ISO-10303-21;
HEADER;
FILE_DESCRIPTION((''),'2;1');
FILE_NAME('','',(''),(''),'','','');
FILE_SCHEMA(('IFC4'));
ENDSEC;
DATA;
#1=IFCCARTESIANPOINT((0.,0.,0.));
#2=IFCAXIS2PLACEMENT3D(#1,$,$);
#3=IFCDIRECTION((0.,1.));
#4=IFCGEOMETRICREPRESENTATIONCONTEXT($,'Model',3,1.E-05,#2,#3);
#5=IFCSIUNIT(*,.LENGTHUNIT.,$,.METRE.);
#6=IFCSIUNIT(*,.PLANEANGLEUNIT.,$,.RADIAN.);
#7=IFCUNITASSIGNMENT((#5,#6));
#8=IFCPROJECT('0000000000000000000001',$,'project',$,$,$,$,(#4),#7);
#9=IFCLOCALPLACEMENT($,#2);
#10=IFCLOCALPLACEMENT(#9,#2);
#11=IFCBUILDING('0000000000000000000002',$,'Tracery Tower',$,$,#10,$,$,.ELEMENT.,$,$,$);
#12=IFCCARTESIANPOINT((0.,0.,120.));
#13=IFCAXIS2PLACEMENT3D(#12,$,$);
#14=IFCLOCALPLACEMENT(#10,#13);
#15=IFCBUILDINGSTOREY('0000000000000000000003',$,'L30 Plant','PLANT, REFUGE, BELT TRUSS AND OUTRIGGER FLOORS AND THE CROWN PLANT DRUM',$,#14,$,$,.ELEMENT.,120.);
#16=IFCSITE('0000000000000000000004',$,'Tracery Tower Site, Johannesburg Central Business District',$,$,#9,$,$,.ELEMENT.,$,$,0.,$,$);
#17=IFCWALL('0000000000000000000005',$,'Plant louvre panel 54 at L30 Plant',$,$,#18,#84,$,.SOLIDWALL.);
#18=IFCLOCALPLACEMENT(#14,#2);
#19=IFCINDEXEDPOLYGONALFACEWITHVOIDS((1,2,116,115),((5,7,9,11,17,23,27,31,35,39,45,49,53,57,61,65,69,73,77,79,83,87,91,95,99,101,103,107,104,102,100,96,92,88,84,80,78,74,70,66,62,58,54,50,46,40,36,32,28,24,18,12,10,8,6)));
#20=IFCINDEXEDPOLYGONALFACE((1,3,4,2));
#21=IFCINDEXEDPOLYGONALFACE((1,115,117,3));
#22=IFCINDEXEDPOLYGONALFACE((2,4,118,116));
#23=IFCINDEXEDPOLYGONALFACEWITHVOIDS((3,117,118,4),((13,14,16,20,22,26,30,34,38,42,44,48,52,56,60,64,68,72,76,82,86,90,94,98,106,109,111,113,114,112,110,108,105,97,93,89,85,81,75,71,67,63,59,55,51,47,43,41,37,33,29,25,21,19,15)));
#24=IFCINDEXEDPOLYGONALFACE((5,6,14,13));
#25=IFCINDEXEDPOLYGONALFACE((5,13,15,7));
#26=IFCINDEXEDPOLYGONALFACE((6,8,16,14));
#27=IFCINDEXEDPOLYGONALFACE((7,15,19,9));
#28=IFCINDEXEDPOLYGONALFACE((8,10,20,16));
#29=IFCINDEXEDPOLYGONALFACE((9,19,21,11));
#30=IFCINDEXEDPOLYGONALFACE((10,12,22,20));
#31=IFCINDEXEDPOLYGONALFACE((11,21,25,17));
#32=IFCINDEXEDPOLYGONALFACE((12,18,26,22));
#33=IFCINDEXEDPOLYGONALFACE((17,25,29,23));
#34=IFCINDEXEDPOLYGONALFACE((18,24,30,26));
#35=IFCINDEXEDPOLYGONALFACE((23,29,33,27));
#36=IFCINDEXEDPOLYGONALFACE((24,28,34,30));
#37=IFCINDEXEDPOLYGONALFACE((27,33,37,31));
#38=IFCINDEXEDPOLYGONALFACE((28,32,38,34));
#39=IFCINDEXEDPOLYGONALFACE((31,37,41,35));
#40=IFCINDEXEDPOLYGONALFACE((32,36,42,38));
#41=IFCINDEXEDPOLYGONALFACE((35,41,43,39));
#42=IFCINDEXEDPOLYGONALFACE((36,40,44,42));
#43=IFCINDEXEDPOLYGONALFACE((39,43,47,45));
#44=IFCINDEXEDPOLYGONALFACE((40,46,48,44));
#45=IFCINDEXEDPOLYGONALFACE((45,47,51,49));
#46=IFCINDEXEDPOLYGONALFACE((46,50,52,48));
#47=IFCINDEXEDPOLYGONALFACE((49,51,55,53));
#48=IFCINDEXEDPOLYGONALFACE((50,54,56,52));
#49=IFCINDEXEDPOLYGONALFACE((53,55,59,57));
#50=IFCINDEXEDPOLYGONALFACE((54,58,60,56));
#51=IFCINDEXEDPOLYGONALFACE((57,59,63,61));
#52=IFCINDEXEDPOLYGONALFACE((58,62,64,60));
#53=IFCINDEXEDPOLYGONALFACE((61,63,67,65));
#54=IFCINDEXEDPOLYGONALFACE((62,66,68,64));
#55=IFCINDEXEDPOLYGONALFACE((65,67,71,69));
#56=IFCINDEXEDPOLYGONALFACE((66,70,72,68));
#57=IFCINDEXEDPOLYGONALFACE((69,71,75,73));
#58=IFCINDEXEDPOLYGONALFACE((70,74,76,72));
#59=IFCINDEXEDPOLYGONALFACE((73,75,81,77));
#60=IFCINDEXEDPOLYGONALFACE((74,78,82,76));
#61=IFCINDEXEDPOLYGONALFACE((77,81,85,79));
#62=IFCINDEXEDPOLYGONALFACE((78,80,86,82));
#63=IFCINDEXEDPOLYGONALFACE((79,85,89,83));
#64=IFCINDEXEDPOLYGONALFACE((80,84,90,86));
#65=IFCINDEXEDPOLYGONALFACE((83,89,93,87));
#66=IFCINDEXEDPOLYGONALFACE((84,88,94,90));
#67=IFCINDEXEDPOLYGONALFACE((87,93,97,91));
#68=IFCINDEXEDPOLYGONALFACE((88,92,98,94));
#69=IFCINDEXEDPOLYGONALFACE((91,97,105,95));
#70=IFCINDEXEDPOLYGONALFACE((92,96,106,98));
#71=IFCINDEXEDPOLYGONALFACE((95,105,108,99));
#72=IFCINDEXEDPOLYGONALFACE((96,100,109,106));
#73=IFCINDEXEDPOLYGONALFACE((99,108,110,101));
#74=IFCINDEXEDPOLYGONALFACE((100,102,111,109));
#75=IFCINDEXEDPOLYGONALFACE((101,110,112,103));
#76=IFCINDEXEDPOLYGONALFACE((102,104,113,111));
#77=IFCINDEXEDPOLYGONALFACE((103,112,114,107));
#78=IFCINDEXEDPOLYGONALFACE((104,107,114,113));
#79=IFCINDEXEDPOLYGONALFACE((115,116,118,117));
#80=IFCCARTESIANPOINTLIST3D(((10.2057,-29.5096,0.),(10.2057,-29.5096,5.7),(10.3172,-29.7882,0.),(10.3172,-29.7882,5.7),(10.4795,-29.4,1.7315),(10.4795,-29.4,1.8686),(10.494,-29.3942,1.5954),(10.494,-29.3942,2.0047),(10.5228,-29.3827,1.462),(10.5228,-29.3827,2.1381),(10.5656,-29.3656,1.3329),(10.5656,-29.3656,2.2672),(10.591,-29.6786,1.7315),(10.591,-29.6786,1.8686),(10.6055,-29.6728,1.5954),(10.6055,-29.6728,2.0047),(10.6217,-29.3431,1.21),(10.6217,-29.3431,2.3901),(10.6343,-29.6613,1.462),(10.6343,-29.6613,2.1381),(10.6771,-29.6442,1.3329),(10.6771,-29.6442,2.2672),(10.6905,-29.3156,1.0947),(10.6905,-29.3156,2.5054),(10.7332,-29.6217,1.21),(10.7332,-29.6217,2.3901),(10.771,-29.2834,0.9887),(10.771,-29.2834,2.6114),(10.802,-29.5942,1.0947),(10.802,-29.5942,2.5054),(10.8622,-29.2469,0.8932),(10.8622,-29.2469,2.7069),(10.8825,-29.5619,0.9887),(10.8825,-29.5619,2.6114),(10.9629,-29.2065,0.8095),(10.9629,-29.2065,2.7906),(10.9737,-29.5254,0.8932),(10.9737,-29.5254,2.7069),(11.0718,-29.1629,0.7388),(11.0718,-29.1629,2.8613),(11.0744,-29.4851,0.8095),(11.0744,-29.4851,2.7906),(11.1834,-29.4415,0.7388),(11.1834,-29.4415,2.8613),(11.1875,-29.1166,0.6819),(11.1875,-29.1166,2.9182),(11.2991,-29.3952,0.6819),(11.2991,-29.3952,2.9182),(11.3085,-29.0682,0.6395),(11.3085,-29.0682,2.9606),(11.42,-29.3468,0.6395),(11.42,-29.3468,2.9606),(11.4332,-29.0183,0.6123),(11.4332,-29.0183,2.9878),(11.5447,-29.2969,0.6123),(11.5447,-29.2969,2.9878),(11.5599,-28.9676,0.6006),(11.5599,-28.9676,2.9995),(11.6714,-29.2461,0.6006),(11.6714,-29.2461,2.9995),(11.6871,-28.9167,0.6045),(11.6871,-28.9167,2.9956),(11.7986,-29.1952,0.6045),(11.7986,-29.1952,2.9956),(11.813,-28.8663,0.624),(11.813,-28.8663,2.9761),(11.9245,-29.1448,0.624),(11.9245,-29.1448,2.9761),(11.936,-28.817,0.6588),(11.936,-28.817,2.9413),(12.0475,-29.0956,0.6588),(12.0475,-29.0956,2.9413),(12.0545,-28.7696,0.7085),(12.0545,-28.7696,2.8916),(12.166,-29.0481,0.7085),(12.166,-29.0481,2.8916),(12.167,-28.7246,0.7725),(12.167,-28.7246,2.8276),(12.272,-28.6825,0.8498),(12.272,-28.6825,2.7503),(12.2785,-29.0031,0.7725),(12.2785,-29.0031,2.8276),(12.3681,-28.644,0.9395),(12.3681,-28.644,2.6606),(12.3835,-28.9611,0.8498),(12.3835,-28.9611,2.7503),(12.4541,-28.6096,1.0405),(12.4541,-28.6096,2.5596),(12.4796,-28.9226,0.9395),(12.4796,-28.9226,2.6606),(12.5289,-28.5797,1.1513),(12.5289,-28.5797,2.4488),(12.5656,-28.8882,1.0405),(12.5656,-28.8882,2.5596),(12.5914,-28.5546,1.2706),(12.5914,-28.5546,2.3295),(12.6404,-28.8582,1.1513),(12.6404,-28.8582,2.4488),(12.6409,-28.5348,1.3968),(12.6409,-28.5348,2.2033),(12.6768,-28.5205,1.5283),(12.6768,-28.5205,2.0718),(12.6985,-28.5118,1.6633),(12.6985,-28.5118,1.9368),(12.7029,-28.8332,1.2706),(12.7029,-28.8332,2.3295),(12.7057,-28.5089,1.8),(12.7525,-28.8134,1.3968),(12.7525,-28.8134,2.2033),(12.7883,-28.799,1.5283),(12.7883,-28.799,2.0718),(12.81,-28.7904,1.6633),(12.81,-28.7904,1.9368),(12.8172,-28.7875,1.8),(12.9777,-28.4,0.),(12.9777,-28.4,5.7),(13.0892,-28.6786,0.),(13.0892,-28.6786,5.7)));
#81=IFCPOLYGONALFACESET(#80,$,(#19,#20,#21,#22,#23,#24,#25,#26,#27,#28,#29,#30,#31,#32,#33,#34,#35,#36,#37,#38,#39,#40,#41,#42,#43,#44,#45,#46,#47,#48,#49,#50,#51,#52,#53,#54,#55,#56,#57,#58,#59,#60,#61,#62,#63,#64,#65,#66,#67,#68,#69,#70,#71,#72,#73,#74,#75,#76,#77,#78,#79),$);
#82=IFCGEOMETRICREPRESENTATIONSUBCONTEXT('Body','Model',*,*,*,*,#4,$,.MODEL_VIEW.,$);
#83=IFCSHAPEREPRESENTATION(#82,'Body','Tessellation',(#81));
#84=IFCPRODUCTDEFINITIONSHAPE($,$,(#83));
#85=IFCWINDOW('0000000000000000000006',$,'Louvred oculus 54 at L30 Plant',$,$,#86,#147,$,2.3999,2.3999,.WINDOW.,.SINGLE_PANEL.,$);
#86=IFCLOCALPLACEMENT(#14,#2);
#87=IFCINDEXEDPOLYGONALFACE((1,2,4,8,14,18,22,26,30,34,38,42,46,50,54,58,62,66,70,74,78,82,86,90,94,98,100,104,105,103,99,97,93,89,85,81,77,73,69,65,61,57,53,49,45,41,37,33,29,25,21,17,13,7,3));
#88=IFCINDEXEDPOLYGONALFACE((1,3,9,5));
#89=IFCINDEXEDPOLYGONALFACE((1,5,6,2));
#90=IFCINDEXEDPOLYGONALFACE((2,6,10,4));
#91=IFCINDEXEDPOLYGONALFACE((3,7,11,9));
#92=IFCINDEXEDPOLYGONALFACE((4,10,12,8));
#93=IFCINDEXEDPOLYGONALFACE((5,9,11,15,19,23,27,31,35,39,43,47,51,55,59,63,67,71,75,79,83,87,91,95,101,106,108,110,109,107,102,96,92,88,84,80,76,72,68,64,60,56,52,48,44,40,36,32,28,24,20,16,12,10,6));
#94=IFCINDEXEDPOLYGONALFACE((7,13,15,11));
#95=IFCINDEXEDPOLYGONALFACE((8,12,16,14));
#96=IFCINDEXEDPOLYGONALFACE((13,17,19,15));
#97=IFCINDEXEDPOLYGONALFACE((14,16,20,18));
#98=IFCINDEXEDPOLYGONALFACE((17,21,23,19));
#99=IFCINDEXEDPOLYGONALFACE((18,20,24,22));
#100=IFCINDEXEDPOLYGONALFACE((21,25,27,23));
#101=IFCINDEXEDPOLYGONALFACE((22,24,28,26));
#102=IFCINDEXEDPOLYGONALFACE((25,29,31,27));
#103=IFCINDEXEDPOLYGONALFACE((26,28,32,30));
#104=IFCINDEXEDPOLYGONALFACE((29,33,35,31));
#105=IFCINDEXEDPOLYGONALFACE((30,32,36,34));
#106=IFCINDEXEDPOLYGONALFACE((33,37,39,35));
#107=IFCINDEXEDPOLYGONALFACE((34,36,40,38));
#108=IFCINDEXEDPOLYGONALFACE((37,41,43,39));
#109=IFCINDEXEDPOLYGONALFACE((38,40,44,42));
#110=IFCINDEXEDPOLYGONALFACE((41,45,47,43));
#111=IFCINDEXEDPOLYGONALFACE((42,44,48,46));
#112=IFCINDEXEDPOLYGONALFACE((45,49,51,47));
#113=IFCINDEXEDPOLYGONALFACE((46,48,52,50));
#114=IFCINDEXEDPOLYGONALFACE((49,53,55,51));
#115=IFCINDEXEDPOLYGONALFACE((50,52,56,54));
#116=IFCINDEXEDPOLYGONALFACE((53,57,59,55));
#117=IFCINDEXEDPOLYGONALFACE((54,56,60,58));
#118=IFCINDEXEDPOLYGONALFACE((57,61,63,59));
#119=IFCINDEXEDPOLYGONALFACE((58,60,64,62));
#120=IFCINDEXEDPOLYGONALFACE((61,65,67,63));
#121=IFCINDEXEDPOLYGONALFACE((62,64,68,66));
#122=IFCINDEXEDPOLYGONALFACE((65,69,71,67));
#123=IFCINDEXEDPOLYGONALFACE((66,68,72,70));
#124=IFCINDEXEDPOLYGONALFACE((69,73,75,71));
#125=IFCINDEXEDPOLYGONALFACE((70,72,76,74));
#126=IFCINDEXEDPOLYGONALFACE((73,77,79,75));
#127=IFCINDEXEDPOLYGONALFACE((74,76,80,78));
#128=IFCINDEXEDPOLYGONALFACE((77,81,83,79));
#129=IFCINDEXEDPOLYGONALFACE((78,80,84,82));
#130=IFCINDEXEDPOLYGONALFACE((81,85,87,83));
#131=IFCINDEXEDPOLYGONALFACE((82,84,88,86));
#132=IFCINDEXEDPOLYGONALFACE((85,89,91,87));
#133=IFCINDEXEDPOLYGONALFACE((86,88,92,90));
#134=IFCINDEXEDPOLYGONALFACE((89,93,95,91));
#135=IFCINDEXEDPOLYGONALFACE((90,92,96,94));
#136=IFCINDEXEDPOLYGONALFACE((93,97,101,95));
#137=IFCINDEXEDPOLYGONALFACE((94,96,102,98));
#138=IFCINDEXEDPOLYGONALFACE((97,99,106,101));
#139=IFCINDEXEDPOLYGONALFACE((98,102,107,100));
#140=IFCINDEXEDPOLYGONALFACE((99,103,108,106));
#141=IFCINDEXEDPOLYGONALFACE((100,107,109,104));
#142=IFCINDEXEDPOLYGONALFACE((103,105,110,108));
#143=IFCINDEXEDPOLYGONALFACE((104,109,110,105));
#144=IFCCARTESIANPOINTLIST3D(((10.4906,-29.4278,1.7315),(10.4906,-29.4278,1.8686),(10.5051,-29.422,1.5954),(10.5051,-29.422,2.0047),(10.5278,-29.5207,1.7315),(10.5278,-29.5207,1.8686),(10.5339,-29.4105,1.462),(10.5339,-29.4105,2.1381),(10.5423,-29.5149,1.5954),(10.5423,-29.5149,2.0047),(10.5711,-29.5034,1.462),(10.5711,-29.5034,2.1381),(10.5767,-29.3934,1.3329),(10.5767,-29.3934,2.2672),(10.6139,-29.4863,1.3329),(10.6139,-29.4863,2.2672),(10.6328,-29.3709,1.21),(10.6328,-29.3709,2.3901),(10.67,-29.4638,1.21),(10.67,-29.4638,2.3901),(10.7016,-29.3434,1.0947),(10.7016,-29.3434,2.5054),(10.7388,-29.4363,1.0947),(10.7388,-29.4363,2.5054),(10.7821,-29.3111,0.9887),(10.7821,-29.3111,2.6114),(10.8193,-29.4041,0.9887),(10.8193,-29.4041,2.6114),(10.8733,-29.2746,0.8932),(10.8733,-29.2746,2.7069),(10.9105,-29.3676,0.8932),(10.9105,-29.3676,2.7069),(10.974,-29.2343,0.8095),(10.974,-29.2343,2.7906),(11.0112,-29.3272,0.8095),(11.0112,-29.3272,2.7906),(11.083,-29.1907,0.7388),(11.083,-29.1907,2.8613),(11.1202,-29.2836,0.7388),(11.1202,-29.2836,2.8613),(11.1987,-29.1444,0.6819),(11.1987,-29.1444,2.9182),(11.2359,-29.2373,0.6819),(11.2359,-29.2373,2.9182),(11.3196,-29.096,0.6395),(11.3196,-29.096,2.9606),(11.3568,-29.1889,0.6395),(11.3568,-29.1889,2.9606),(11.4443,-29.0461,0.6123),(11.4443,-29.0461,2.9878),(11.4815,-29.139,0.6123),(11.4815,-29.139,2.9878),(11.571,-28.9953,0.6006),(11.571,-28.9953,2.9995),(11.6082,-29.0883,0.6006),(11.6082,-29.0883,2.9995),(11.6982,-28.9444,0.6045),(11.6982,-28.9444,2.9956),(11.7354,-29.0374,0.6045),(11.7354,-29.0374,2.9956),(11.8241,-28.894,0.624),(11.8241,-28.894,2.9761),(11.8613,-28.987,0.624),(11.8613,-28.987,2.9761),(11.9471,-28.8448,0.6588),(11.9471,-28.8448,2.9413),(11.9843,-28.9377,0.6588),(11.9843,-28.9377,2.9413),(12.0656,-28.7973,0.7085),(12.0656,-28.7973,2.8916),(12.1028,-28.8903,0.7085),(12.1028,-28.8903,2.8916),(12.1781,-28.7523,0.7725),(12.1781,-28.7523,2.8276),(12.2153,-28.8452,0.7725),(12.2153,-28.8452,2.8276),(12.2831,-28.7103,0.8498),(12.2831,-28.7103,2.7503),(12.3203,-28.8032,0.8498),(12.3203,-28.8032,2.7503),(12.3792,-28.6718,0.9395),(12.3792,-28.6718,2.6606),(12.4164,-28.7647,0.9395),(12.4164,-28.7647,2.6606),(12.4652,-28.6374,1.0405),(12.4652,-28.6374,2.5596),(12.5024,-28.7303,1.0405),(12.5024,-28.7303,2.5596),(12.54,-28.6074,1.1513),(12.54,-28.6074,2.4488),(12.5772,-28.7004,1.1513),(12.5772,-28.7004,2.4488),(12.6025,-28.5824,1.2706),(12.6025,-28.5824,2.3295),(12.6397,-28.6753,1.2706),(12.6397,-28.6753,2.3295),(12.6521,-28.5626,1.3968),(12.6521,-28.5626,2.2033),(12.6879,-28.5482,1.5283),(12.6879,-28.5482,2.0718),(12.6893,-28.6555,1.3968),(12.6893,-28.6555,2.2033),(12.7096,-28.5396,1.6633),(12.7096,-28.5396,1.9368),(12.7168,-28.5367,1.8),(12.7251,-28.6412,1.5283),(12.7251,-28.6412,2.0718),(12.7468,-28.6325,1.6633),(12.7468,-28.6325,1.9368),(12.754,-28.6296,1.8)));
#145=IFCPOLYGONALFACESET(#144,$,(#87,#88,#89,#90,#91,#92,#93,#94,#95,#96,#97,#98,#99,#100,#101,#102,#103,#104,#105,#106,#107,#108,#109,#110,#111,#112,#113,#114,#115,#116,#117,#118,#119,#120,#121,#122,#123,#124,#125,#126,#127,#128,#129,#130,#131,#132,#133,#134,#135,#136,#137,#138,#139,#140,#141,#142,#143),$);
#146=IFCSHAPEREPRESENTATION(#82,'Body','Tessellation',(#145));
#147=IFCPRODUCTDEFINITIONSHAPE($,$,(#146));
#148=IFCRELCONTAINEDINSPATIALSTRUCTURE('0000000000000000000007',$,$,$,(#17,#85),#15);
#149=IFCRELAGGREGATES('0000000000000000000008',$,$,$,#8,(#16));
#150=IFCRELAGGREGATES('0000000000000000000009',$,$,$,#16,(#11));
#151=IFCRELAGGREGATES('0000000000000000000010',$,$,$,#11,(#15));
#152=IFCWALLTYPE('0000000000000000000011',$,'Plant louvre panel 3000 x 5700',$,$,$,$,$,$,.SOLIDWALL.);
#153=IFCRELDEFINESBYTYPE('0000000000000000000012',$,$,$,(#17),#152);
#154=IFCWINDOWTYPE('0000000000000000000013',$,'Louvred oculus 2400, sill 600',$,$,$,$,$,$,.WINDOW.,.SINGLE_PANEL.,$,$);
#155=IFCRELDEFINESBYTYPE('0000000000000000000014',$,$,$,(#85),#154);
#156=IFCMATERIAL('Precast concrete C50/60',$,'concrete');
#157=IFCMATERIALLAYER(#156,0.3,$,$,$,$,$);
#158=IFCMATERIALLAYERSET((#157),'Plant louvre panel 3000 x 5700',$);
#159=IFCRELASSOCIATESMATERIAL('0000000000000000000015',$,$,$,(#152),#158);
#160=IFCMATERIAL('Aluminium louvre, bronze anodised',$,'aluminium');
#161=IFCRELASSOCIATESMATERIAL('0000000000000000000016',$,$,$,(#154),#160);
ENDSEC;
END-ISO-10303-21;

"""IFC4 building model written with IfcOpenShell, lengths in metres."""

from ifc_helpers import new_model, si_unit, direction, frame, frame_2d, origin, origin_2d, place, context, subcontext, project, spatial, rectangle, circle, extrude, material, layer, layer_set, type_object, element, fill, save


model = new_model("IFC4")

# Units and contexts
model_context = context("Model", 3, precision=1e-05, world=origin(), true_north=direction((0.0, 1.0)))
body_context = subcontext(model_context, "Body", "Model", "MODEL_VIEW")
ifc_project = project(units=[si_unit("LENGTHUNIT", "METRE"), si_unit("PLANEANGLEUNIT", "RADIAN")], contexts=[model_context])

# Site, building, storey
site_placement = place(None, origin())
site = spatial("IfcSite", under=ifc_project, at=site_placement, Name="Tracery Tower Site, Johannesburg Central Business District", CompositionType="ELEMENT", RefElevation=0.0)
building_placement = place(site_placement, origin())
building = spatial("IfcBuilding", under=site, at=building_placement, Name="Tracery Tower", CompositionType="ELEMENT")
storey_placement = place(building_placement, frame((0.0, 0.0, 120.0)))
storey = spatial("IfcBuildingStorey", under=building, at=storey_placement, Name="L30 Plant", Description="PLANT, REFUGE, BELT TRUSS AND OUTRIGGER FLOORS AND THE CROWN PLANT DRUM", CompositionType="ELEMENT", Elevation=120.0)

# Wall, opening, window
ifc_material_1 = material(Name="Precast concrete C50/60", Category="concrete")
ifc_layer_1 = layer(ifc_material_1, 0.3)
ifc_layer_set_1 = layer_set([ifc_layer_1], Name="Plant louvre panel 3000 x 5700")
wall_type_1 = type_object("IfcWallType", Name="Plant louvre panel 3000 x 5700", PredefinedType="SOLIDWALL", material=ifc_layer_set_1)
wall_1_placement = place(storey_placement, frame((10.2615, -29.6489, 0.0), z_axis=(0.0, 0.0, 1.0), x_axis=(0.928381, 0.37163, 0.0)))
wall_1 = element("IfcWall", 1, at=wall_1_placement, inside=storey, type_object=wall_type_1, Name="Plant louvre panel 54 at L30 Plant", PredefinedType="SOLIDWALL", context=body_context, shape_type="SweptSolid", body=[
    extrude(rectangle(XDim=2.9858, YDim=0.3, at=frame_2d((1.4929, 0.0))), origin(), (0.0, 0.0, 1.0), 5.7),
])
opening_1_placement = place(wall_1_placement, frame((1.4929, 0.0, 1.8)))
opening_1 = element("IfcOpeningElement", 2, at=opening_1_placement, cuts=wall_1, PredefinedType="OPENING", context=body_context, shape_type="SweptSolid", body=[
    extrude(circle(Radius=1.2, at=origin_2d()), frame((0.0, 0.1599, 0.0), z_axis=(0.0, -1.0, 0.0), x_axis=(1.0, 0.0, 0.0)), (0.0, 0.0, 1.0), 0.3201),
])
ifc_material_2 = material(Name="Aluminium louvre, bronze anodised", Category="aluminium")
window_type = type_object("IfcWindowType", Name="Louvred oculus 2400, sill 600", PartitioningType="SINGLE_PANEL", PredefinedType="WINDOW", material=ifc_material_2)
window_1_placement = place(opening_1_placement, origin())
window_1 = element("IfcWindow", 3, at=window_1_placement, inside=storey, type_object=window_type, Name="Louvred oculus 54 at L30 Plant", OverallHeight=2.3999, OverallWidth=2.3999, PartitioningType="SINGLE_PANEL", PredefinedType="WINDOW", context=body_context, shape_type="SweptSolid", body=[
    extrude(circle(Radius=1.2, at=origin_2d()), frame((0.0, 0.1201, 0.0), z_axis=(0.0, -1.0, 0.0), x_axis=(1.0, 0.0, 0.0)), (0.0, 0.0, 1.0), 0.1001),
])
fill(opening_1, window_1)

save(model, "model.ifc")
